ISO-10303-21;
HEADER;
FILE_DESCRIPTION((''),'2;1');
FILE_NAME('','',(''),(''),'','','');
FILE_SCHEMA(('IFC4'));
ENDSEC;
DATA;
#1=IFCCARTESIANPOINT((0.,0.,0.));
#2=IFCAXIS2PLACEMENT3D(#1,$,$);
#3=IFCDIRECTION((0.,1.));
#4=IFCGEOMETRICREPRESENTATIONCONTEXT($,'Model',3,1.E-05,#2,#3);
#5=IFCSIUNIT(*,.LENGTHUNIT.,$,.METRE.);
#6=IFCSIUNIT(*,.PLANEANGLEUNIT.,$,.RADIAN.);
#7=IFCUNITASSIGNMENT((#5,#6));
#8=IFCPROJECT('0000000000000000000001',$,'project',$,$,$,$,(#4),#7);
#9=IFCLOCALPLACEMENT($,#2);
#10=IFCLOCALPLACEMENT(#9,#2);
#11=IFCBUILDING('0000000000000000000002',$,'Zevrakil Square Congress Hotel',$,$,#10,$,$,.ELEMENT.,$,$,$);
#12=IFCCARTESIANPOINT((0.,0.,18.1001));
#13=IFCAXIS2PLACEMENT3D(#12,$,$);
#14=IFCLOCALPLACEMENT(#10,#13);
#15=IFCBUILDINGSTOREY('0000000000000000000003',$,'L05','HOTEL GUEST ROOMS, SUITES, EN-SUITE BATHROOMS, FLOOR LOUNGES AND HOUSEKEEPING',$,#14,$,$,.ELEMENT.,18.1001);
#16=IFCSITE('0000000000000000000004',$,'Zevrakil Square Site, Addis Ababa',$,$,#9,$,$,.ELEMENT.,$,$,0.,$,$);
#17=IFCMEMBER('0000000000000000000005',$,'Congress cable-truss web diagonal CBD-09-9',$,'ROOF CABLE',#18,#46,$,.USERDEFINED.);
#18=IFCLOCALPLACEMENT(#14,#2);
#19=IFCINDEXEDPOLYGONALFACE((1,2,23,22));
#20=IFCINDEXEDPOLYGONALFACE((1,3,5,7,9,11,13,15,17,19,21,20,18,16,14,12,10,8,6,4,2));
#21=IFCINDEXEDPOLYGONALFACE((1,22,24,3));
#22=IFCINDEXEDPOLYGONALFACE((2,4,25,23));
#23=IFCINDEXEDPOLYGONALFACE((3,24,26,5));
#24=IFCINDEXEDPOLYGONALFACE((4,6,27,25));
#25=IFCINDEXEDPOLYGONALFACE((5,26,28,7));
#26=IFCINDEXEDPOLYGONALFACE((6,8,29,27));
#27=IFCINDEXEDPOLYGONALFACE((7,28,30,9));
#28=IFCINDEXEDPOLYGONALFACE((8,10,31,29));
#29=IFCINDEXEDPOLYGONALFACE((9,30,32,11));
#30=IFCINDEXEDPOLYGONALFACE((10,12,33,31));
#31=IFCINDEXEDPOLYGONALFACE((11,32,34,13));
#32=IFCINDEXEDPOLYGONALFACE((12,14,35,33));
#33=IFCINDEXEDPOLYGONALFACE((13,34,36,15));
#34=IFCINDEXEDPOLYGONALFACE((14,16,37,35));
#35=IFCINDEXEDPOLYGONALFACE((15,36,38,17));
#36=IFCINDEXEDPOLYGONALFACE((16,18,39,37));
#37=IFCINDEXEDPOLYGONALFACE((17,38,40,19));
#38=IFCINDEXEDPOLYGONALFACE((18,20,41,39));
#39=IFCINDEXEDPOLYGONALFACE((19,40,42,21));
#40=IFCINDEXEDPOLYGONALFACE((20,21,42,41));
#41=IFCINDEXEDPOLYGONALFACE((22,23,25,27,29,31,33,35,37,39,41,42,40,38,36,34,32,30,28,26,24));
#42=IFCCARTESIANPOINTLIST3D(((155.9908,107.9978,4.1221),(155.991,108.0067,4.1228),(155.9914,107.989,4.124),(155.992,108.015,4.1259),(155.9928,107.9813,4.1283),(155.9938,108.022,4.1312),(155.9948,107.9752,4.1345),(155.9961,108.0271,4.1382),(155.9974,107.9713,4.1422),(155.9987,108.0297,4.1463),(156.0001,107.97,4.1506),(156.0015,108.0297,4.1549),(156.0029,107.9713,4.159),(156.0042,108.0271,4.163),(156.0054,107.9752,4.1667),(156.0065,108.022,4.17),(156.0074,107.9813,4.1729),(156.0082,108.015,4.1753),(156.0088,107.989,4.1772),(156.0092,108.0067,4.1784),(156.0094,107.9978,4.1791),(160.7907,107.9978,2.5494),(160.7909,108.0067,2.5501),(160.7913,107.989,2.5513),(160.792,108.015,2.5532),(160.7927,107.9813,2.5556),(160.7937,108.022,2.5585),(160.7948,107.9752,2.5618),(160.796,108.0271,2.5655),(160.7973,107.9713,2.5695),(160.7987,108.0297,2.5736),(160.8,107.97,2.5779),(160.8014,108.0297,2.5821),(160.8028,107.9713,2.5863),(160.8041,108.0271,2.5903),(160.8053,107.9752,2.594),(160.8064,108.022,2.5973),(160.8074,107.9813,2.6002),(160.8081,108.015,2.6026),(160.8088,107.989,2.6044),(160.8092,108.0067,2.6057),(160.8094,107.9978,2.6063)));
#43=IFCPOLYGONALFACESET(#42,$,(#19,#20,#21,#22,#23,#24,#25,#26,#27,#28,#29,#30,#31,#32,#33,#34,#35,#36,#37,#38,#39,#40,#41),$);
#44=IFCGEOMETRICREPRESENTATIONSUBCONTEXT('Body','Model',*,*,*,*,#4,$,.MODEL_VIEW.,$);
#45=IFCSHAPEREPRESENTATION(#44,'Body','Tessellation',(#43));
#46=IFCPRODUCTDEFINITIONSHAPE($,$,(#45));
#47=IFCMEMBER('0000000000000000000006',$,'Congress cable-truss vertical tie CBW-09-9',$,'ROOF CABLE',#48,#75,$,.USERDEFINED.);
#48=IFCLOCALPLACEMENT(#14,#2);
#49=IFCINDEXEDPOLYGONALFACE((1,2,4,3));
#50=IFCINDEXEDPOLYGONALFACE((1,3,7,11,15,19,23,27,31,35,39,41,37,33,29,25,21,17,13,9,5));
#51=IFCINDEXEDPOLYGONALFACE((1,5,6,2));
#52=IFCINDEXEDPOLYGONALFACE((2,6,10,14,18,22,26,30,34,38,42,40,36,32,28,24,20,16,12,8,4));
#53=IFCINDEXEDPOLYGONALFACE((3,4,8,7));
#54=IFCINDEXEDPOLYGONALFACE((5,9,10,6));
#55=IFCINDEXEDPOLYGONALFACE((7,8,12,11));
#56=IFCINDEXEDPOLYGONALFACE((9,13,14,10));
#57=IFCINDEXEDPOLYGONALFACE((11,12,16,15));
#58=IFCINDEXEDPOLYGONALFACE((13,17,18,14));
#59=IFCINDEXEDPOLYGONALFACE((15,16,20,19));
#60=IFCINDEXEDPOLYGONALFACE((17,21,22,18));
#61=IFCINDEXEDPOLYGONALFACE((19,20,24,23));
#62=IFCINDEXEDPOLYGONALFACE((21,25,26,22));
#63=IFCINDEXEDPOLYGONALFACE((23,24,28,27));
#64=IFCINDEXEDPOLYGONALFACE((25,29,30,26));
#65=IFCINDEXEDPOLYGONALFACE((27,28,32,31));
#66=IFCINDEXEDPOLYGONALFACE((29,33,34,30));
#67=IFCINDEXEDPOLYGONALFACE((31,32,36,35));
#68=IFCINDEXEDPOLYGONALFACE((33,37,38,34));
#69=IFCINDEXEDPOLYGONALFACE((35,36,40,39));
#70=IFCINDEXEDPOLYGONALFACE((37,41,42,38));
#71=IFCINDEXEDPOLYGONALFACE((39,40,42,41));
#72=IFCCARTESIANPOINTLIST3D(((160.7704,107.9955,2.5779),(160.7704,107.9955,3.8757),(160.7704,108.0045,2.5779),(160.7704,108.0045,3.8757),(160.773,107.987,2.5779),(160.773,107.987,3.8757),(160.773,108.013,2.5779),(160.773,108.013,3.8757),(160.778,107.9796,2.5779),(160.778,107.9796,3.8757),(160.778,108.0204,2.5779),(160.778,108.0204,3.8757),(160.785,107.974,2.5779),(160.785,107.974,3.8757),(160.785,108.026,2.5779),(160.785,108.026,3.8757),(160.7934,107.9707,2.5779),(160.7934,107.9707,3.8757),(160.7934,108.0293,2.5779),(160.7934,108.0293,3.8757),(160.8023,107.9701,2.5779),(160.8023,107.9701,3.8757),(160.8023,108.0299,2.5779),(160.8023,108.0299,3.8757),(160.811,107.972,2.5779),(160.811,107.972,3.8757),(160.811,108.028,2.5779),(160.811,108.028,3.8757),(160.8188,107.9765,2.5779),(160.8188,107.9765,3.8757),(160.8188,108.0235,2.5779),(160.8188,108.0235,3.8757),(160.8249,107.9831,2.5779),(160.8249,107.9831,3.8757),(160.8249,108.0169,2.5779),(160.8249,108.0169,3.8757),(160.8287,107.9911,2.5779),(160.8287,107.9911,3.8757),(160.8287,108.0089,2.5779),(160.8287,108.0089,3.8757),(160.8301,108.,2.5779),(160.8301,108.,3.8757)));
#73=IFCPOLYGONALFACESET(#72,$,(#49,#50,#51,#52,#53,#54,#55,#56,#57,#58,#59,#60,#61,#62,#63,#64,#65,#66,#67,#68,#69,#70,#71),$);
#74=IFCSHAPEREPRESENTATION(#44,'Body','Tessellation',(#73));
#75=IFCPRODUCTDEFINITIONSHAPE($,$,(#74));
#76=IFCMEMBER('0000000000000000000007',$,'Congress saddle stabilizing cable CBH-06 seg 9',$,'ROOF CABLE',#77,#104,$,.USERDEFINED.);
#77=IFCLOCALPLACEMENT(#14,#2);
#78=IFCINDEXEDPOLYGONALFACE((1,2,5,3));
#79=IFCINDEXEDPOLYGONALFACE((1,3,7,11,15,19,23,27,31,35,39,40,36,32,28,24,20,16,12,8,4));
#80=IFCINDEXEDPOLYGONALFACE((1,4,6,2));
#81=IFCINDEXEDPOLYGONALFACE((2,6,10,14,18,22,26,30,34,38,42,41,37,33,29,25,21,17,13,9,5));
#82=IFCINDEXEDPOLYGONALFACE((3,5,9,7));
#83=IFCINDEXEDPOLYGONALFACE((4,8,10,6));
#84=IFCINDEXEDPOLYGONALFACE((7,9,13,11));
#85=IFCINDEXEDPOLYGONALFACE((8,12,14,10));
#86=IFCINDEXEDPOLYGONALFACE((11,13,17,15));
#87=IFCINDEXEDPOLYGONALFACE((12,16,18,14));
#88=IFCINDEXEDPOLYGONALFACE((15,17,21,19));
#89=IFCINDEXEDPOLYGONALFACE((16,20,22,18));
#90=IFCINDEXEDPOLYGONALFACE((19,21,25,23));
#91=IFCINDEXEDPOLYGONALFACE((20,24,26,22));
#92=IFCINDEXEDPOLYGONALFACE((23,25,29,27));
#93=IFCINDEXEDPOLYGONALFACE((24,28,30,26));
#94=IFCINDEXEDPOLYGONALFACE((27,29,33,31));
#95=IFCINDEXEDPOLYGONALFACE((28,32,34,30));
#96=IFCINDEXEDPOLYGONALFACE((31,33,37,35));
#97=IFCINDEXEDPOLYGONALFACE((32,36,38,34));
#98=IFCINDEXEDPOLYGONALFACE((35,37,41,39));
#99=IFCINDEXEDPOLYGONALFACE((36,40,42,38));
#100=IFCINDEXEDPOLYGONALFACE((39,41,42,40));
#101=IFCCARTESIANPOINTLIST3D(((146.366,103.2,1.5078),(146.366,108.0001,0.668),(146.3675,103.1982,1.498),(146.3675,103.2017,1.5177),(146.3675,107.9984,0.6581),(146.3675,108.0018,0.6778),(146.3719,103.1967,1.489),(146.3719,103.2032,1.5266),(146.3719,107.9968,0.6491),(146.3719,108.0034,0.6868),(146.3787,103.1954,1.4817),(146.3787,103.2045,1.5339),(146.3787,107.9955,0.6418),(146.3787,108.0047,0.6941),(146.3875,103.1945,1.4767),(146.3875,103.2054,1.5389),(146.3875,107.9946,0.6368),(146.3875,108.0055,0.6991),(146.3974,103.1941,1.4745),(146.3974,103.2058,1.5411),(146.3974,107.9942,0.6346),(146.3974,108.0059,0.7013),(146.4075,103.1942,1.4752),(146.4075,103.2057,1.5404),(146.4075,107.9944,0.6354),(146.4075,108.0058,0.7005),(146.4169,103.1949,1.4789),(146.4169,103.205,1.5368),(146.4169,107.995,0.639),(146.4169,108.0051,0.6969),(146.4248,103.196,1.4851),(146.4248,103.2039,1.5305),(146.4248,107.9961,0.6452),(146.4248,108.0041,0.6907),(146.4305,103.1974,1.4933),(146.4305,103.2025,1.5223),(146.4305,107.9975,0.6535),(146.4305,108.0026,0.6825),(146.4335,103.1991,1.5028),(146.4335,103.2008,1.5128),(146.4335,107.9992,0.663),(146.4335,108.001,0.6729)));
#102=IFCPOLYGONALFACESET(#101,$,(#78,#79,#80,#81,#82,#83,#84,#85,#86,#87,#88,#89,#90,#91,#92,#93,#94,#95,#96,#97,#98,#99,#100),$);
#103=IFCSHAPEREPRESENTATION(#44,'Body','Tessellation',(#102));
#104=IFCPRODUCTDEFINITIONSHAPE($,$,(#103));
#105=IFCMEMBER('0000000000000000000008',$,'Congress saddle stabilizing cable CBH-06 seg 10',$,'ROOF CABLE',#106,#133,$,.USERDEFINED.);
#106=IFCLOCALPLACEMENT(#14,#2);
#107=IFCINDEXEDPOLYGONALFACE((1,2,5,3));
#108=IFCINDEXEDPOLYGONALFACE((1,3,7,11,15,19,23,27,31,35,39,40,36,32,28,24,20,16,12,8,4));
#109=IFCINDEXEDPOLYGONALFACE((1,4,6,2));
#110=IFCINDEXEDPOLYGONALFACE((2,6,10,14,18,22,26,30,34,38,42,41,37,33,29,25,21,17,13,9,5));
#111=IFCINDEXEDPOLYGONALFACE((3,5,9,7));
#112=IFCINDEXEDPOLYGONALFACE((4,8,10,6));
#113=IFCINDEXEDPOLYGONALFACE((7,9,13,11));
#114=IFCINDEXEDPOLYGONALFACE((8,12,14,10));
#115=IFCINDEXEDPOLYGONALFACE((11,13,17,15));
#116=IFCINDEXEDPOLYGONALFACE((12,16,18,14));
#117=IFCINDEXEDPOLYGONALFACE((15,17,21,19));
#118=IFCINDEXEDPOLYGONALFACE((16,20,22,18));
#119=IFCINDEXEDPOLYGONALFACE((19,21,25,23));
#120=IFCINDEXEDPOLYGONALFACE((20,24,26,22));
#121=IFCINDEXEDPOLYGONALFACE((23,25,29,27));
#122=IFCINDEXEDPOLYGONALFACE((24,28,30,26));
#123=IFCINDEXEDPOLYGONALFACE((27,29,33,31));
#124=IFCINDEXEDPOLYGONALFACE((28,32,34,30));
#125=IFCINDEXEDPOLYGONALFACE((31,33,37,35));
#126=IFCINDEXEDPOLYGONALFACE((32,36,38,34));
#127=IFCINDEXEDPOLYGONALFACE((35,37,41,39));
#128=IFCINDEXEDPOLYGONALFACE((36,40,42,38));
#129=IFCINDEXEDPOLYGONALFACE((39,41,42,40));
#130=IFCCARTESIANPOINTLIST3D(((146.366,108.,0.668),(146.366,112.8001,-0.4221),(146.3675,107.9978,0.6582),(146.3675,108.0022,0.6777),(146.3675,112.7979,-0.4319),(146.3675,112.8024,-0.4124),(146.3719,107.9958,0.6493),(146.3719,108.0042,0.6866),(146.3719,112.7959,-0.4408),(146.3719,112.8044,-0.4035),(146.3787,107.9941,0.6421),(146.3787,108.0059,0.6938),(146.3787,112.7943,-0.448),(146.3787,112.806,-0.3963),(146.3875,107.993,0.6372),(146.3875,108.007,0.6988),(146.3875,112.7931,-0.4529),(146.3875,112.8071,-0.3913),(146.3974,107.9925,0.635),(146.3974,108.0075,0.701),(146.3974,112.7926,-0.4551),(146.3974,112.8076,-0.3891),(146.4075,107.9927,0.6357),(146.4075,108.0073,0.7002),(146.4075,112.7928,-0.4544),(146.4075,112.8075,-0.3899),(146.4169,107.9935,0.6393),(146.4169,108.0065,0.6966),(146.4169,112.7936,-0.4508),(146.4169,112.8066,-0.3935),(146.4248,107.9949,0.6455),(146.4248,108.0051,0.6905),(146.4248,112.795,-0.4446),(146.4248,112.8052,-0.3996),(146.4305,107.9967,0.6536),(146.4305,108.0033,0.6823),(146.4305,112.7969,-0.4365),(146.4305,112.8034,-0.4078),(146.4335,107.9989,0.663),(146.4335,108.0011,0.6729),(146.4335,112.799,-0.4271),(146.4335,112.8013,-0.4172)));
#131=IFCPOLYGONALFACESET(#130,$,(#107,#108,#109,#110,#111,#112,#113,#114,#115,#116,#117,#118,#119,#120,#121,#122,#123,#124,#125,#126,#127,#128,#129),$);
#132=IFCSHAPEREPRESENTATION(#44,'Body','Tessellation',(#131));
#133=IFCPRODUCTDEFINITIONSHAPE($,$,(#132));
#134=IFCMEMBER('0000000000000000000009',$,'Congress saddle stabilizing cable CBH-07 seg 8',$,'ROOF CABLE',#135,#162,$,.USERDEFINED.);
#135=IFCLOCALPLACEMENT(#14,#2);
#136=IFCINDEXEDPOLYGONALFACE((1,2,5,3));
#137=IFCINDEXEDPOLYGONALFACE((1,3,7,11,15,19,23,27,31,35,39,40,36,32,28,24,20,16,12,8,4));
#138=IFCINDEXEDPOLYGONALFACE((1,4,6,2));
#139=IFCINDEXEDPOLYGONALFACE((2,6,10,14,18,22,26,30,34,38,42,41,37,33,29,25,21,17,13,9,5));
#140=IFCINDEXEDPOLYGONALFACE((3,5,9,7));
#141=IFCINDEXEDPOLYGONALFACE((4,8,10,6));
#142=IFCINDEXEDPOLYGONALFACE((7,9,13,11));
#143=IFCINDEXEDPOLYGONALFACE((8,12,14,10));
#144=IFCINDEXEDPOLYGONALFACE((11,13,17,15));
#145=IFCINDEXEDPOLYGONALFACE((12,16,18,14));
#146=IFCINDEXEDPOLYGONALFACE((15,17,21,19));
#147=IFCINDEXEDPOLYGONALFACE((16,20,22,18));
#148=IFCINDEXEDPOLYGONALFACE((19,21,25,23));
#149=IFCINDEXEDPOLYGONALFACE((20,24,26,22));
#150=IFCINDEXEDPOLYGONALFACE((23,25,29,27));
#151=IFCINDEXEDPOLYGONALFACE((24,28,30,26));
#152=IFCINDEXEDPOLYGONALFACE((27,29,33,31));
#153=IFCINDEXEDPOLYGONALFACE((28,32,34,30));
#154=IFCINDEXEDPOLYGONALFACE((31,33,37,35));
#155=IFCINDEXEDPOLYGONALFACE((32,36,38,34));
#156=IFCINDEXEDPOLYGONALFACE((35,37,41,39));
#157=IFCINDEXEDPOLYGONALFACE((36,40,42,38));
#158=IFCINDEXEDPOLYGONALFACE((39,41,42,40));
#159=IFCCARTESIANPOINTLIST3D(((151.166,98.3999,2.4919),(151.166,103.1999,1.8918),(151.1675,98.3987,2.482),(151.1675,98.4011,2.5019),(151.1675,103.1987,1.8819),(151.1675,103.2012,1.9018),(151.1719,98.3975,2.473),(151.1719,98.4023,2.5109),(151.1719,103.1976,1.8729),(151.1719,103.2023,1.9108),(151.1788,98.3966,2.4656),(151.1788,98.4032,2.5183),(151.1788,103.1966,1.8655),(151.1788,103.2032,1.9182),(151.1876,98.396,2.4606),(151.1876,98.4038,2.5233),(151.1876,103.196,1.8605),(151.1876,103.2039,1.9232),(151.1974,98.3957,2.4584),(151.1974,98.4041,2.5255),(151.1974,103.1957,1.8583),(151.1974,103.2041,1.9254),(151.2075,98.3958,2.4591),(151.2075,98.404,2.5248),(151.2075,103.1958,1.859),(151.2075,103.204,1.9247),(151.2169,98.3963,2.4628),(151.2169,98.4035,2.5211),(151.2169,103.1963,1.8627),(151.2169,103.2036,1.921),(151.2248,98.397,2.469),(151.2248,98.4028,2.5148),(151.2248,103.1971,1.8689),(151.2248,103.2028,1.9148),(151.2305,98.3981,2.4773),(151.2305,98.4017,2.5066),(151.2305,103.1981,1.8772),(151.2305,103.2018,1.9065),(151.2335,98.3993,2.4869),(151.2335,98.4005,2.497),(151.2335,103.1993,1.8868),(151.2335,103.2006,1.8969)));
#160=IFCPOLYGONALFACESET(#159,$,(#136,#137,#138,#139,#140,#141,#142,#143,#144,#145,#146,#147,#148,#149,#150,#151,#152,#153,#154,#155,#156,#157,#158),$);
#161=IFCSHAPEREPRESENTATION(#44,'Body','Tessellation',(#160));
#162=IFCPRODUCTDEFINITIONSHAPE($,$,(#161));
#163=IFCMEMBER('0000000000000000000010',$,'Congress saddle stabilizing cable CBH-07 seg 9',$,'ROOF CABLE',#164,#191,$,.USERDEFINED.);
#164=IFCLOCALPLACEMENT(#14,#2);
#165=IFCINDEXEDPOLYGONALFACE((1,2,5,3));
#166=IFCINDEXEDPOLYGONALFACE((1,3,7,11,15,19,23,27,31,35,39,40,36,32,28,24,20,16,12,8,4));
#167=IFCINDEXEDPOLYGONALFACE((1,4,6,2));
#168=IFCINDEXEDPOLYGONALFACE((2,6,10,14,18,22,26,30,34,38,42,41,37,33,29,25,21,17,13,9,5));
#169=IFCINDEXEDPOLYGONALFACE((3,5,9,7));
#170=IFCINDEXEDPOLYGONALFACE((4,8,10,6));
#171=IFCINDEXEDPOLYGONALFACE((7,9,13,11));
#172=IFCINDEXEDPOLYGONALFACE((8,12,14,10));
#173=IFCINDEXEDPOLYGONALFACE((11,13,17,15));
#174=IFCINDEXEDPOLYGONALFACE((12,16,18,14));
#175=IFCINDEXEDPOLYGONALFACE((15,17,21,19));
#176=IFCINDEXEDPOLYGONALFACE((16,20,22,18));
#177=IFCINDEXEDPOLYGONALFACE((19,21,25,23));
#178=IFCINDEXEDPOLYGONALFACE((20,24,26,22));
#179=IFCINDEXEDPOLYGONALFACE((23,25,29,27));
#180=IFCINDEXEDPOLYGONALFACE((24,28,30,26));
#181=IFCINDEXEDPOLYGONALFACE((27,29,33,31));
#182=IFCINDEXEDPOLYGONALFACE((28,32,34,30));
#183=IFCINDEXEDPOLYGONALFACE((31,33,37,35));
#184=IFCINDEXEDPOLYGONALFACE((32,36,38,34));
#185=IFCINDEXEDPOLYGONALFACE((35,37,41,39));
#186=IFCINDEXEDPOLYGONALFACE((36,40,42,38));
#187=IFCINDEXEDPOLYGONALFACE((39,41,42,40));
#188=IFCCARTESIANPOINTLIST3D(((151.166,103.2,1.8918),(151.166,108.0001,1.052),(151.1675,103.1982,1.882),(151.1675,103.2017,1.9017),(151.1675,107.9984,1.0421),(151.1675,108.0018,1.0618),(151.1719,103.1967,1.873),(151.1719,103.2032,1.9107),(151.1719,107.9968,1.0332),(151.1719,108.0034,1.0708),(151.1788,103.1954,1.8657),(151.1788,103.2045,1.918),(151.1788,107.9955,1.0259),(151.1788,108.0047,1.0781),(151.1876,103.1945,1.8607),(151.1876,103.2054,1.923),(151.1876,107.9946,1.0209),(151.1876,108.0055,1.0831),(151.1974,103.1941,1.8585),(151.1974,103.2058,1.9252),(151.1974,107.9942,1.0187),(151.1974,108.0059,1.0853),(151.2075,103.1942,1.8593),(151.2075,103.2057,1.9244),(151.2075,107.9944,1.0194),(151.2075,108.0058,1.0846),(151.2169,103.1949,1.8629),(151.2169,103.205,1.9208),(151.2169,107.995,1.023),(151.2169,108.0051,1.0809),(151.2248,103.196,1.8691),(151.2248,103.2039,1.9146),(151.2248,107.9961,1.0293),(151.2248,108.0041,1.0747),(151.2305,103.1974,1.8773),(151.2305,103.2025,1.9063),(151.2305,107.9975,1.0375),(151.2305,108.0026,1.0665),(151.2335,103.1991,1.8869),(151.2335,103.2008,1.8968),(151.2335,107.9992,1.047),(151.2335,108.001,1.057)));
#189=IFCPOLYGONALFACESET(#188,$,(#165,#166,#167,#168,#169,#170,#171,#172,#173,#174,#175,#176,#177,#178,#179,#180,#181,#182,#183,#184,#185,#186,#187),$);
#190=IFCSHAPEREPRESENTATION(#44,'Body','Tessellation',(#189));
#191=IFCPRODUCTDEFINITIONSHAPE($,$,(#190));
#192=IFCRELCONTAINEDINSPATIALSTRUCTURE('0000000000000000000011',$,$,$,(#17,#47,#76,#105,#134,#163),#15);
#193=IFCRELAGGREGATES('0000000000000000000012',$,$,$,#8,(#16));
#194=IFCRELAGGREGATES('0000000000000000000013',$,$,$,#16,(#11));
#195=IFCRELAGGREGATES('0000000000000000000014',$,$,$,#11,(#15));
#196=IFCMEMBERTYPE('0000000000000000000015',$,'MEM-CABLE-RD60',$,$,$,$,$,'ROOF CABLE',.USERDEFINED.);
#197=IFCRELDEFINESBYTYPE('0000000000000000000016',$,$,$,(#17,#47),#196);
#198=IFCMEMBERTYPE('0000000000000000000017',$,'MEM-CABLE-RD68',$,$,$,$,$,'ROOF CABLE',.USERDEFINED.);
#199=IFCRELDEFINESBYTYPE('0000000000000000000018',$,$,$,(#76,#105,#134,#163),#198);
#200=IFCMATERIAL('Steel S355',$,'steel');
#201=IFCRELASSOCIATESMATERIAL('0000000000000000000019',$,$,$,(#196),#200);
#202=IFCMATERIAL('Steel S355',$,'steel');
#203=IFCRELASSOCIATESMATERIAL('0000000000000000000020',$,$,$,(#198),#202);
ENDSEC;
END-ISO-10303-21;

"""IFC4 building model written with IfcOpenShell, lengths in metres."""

from ifc_helpers import new_model, si_unit, direction, frame, origin, origin_2d, place, context, subcontext, project, spatial, circle, extrude, material, material_profile, profile_set, type_object, element, save


model = new_model("IFC4")

# Units and contexts
model_context = context("Model", 3, precision=1e-05, world=origin(), true_north=direction((0.0, 1.0)))
body_context = subcontext(model_context, "Body", "Model", "MODEL_VIEW")
ifc_project = project(units=[si_unit("LENGTHUNIT", "METRE"), si_unit("PLANEANGLEUNIT", "RADIAN")], contexts=[model_context])

# Site, building, storey
site_placement = place(None, origin())
site = spatial("IfcSite", under=ifc_project, at=site_placement, Name="Zevrakil Square Site, Addis Ababa", CompositionType="ELEMENT", RefElevation=0.0)
building_placement = place(site_placement, origin())
building = spatial("IfcBuilding", under=site, at=building_placement, Name="Zevrakil Square Congress Hotel", CompositionType="ELEMENT")
storey_placement = place(building_placement, frame((0.0, 0.0, 18.1001)))
storey = spatial("IfcBuildingStorey", under=building, at=storey_placement, Name="L05", Description="HOTEL GUEST ROOMS, SUITES, EN-SUITE BATHROOMS, FLOOR LOUNGES AND HOUSEKEEPING", CompositionType="ELEMENT", Elevation=18.1001)

# Members
ifc_material_1 = material(Name="Steel S355", Category="steel")
ifc_material_profile_1 = material_profile(ifc_material_1, circle(Radius=0.03, at=origin_2d()), Name="CABLE RD60")
ifc_profile_set_1 = profile_set([ifc_material_profile_1], Name="Steel S355")
member_type_1 = type_object("IfcMemberType", Name="MEM-CABLE-RD60", ElementType="ROOF CABLE", PredefinedType="USERDEFINED", material=ifc_profile_set_1)
member_1_placement = place(storey_placement, frame((160.8, 108.0, 2.5779), z_axis=(-0.95029, 0.0, 0.311366), x_axis=(0.0, -1.0, 0.0)))
element("IfcMember", 1, at=member_1_placement, inside=storey, type_object=member_type_1, Name="Congress cable-truss web diagonal CBD-09-9", ObjectType="ROOF CABLE", PredefinedType="USERDEFINED", context=body_context, shape_type="SweptSolid", body=[
    extrude(circle(Radius=0.03, at=origin_2d()), origin(), (0.0, 0.0, 1.0), 5.051),
])
member_2_placement = place(storey_placement, frame((160.8, 108.0, 2.5779), z_axis=(0.0, 0.0, 1.0), x_axis=(1.0, 0.0, 0.0)))
element("IfcMember", 2, at=member_2_placement, inside=storey, type_object=member_type_1, Name="Congress cable-truss vertical tie CBW-09-9", ObjectType="ROOF CABLE", PredefinedType="USERDEFINED", context=body_context, shape_type="SweptSolid", body=[
    extrude(circle(Radius=0.03, at=origin_2d()), origin(), (0.0, 0.0, 1.0), 1.2979),
])
ifc_material_2 = material(Name="Steel S355", Category="steel")
ifc_material_profile_2 = material_profile(ifc_material_2, circle(Radius=0.0339, at=origin_2d()), Name="CABLE RD68")
ifc_profile_set_2 = profile_set([ifc_material_profile_2], Name="Steel S355")
member_type_2 = type_object("IfcMemberType", Name="MEM-CABLE-RD68", ElementType="ROOF CABLE", PredefinedType="USERDEFINED", material=ifc_profile_set_2)
member_3_placement = place(storey_placement, frame((146.3999, 103.2, 1.5078), z_axis=(0.0, 0.985036, -0.172348), x_axis=(-1.0, 0.0, 0.0)))
element("IfcMember", 3, at=member_3_placement, inside=storey, type_object=member_type_2, Name="Congress saddle stabilizing cable CBH-06 seg 9", ObjectType="ROOF CABLE", PredefinedType="USERDEFINED", context=body_context, shape_type="SweptSolid", body=[
    extrude(circle(Radius=0.0339, at=origin_2d()), origin(), (0.0, 0.0, 1.0), 4.873),
])
member_4_placement = place(storey_placement, frame((146.3999, 108.0, 0.668), z_axis=(0.0, 0.975169, -0.22146), x_axis=(-1.0, 0.0, 0.0)))
element("IfcMember", 4, at=member_4_placement, inside=storey, type_object=member_type_2, Name="Congress saddle stabilizing cable CBH-06 seg 10", ObjectType="ROOF CABLE", PredefinedType="USERDEFINED", context=body_context, shape_type="SweptSolid", body=[
    extrude(circle(Radius=0.0339, at=origin_2d()), origin(), (0.0, 0.0, 1.0), 4.9224),
])
member_5_placement = place(storey_placement, frame((151.2, 98.3999, 2.4919), z_axis=(0.0, 0.992276, -0.124053), x_axis=(-1.0, 0.0, 0.0)))
element("IfcMember", 5, at=member_5_placement, inside=storey, type_object=member_type_2, Name="Congress saddle stabilizing cable CBH-07 seg 8", ObjectType="ROOF CABLE", PredefinedType="USERDEFINED", context=body_context, shape_type="SweptSolid", body=[
    extrude(circle(Radius=0.0339, at=origin_2d()), origin(), (0.0, 0.0, 1.0), 4.8374),
])
member_6_placement = place(storey_placement, frame((151.2, 103.2, 1.8918), z_axis=(0.0, 0.985036, -0.172348), x_axis=(-1.0, 0.0, 0.0)))
element("IfcMember", 6, at=member_6_placement, inside=storey, type_object=member_type_2, Name="Congress saddle stabilizing cable CBH-07 seg 9", ObjectType="ROOF CABLE", PredefinedType="USERDEFINED", context=body_context, shape_type="SweptSolid", body=[
    extrude(circle(Radius=0.0339, at=origin_2d()), origin(), (0.0, 0.0, 1.0), 4.873),
])

save(model, "model.ifc")
